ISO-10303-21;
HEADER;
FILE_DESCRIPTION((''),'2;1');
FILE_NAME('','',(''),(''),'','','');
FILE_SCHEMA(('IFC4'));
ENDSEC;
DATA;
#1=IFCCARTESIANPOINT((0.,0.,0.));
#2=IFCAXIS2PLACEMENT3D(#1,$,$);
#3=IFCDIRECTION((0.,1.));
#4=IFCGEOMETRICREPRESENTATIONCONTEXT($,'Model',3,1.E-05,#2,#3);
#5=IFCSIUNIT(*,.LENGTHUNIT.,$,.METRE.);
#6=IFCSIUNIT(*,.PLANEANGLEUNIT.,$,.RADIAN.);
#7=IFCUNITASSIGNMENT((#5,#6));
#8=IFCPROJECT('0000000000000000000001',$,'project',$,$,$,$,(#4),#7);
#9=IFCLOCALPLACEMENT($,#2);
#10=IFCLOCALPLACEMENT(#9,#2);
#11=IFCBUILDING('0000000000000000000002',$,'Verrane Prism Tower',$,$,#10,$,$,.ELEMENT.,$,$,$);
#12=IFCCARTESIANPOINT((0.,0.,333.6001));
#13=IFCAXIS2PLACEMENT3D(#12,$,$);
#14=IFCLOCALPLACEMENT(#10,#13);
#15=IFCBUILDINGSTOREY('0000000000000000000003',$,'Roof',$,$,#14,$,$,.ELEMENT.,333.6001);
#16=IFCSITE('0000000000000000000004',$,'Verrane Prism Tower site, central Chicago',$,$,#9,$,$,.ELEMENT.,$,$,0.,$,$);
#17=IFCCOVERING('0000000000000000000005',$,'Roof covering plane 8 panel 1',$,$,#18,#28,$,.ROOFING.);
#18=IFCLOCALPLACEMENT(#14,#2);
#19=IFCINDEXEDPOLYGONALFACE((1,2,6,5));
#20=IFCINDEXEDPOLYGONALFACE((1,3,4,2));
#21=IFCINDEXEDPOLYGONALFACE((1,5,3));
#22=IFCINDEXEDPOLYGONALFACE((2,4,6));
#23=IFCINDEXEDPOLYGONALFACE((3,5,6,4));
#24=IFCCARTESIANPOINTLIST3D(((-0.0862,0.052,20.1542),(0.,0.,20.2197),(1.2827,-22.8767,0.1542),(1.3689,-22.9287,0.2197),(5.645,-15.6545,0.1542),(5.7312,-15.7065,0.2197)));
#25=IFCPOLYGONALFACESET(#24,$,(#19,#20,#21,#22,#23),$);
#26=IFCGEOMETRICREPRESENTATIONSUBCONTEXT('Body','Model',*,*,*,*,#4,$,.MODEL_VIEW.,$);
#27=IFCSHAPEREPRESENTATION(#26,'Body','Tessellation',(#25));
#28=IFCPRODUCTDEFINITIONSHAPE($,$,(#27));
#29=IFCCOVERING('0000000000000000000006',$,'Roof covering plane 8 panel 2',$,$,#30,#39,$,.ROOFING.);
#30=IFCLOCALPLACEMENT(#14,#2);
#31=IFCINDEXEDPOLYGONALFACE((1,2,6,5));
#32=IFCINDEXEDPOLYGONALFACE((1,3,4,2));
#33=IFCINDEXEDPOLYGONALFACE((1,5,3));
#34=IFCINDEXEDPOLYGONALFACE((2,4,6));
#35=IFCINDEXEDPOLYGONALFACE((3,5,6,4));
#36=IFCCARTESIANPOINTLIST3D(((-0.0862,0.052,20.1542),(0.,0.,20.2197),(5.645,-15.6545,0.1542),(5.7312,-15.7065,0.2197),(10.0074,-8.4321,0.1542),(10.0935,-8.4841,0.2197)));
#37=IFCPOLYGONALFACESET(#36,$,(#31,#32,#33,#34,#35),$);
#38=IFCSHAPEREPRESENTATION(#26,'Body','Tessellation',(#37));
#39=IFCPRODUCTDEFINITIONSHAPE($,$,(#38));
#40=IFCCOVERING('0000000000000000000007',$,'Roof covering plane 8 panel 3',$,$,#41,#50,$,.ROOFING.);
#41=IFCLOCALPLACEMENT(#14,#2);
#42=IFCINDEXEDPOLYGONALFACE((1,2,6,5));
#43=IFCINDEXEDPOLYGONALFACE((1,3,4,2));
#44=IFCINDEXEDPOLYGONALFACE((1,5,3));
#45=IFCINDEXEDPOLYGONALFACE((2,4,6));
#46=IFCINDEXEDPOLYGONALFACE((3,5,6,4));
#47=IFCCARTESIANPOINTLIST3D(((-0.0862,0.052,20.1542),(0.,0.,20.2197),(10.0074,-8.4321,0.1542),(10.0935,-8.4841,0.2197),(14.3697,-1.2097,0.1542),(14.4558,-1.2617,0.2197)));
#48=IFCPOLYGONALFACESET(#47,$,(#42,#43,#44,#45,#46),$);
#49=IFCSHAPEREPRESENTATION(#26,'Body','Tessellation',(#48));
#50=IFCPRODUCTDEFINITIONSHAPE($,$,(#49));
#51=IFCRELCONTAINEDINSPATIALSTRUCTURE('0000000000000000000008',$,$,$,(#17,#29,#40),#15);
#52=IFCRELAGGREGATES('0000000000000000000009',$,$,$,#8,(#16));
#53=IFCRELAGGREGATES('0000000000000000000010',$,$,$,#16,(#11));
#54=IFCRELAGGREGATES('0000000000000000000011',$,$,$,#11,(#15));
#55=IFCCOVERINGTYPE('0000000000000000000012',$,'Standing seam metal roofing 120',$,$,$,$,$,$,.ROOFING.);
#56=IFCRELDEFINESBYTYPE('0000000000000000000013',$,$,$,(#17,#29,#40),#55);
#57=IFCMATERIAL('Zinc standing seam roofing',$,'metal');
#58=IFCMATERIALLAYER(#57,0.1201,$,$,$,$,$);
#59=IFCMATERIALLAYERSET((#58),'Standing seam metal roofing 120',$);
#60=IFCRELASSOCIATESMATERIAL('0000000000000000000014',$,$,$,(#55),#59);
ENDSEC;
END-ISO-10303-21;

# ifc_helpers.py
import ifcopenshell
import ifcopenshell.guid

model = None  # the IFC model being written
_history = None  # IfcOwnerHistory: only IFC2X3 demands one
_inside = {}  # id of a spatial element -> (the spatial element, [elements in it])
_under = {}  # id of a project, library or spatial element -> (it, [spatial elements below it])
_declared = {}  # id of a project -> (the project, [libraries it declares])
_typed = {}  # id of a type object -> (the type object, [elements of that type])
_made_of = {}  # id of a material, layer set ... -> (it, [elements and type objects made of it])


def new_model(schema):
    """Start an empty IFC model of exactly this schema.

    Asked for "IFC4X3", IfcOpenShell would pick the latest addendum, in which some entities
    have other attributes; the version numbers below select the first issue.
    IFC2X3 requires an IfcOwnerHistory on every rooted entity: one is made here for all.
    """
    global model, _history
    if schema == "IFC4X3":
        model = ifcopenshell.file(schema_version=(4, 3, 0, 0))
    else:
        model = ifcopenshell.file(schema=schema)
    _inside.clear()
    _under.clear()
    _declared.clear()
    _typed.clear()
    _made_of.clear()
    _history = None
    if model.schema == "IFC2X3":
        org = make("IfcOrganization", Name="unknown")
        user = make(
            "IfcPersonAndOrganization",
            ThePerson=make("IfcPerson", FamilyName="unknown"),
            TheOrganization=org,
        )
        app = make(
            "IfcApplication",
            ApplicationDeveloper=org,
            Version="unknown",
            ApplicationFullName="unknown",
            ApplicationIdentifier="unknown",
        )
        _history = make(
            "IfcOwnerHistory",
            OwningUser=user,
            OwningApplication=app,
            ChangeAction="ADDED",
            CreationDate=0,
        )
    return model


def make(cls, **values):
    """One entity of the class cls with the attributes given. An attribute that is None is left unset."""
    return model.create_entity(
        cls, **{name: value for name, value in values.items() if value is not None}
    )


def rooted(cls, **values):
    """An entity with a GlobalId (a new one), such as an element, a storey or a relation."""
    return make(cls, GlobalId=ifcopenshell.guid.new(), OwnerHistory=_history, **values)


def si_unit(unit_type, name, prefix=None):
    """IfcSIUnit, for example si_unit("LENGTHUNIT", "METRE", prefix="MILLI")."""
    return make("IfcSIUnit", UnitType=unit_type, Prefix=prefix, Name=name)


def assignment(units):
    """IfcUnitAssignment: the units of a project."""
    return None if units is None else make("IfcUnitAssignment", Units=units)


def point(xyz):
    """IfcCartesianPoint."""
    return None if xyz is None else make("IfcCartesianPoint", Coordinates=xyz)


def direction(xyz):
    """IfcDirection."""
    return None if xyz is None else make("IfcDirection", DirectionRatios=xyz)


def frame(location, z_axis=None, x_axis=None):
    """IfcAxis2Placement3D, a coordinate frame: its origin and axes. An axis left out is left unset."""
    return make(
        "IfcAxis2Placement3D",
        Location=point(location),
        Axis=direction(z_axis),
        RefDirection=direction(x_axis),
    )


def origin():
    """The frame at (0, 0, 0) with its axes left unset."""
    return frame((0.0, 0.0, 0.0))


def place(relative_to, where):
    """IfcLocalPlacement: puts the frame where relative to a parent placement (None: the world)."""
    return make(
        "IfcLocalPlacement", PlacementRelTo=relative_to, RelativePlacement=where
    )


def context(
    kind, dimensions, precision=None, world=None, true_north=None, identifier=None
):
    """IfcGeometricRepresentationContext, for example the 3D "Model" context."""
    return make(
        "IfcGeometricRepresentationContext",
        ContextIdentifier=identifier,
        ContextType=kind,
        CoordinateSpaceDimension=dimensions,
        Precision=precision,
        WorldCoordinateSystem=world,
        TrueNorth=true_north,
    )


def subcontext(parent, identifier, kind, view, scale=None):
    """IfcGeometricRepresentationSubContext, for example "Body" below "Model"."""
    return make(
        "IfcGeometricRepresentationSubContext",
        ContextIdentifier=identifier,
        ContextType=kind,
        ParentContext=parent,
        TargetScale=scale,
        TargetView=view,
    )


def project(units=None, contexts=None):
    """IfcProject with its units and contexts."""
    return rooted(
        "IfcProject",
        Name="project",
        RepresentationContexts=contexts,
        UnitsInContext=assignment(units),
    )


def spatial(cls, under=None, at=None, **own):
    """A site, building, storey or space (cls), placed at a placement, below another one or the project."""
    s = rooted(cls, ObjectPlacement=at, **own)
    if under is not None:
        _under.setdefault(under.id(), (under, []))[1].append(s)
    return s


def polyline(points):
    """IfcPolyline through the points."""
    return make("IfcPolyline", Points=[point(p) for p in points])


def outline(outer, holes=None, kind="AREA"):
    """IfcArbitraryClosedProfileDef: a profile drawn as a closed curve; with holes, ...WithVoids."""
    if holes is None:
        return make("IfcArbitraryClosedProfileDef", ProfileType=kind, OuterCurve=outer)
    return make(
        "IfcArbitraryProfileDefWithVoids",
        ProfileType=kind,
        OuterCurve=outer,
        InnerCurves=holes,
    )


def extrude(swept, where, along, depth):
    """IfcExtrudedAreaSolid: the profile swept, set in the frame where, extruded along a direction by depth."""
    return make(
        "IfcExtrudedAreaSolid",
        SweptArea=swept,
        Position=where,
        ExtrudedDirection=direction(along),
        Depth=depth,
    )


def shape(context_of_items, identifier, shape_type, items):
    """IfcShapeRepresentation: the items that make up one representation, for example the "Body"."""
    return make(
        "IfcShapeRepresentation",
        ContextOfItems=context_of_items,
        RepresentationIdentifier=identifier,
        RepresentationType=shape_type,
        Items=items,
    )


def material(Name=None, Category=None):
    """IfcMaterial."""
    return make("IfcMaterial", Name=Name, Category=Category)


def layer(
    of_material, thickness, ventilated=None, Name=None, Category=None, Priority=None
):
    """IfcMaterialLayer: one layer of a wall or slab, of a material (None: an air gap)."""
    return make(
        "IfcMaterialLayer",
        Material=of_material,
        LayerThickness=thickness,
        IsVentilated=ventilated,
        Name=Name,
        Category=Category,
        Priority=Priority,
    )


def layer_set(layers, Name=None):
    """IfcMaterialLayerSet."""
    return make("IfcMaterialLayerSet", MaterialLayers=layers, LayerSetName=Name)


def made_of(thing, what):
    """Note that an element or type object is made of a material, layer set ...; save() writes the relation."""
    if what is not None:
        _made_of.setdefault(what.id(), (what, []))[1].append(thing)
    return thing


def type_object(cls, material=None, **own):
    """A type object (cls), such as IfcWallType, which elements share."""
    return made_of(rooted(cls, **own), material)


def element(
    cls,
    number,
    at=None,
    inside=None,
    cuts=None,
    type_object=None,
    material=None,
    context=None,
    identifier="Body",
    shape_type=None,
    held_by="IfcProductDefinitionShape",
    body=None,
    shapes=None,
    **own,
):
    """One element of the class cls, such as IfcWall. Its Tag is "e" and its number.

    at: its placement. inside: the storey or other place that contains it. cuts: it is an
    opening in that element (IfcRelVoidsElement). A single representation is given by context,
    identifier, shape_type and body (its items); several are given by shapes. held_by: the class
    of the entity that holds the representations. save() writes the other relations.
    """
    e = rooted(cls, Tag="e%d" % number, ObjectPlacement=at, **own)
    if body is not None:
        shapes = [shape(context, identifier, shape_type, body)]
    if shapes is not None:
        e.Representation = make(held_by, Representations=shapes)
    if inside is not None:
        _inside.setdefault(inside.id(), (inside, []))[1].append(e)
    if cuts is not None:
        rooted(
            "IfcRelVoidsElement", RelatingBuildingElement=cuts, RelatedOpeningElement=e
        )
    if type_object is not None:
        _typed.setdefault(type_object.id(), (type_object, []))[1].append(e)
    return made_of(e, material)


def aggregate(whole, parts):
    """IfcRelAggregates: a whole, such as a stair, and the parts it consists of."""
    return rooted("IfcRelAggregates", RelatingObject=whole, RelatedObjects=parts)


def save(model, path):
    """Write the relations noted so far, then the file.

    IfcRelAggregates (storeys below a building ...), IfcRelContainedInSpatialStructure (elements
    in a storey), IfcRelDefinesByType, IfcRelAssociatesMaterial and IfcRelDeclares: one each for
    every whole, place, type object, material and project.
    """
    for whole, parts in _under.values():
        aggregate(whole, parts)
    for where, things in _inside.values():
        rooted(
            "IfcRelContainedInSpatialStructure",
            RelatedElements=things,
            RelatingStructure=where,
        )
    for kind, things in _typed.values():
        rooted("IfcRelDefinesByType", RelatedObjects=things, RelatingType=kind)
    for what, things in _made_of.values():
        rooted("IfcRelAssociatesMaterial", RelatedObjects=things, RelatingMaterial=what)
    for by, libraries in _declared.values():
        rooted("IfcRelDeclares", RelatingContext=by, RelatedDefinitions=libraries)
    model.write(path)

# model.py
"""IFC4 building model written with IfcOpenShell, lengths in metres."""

from ifc_helpers import new_model, si_unit, direction, frame, origin, place, context, subcontext, project, spatial, polyline, outline, extrude, material, layer, layer_set, type_object, element, save


model = new_model("IFC4")

# Units and contexts
model_context = context("Model", 3, precision=1e-05, world=origin(), true_north=direction((0.0, 1.0)))
body_context = subcontext(model_context, "Body", "Model", "MODEL_VIEW")
ifc_project = project(units=[si_unit("LENGTHUNIT", "METRE"), si_unit("PLANEANGLEUNIT", "RADIAN")], contexts=[model_context])

# Site, building, storey
site_placement = place(None, origin())
site = spatial("IfcSite", under=ifc_project, at=site_placement, Name="Verrane Prism Tower site, central Chicago", CompositionType="ELEMENT", RefElevation=0.0)
building_placement = place(site_placement, origin())
building = spatial("IfcBuilding", under=site, at=building_placement, Name="Verrane Prism Tower", CompositionType="ELEMENT")
storey_placement = place(building_placement, frame((0.0, 0.0, 333.6001)))
storey = spatial("IfcBuildingStorey", under=building, at=storey_placement, Name="Roof", CompositionType="ELEMENT", Elevation=333.6001)

# Coverings
ifc_material_1 = material(Name="Zinc standing seam roofing", Category="metal")
ifc_layer_1 = layer(ifc_material_1, 0.1201)
ifc_layer_set_1 = layer_set([ifc_layer_1], Name="Standing seam metal roofing 120")
covering_type_1 = type_object("IfcCoveringType", Name="Standing seam metal roofing 120", PredefinedType="ROOFING", material=ifc_layer_set_1)
covering_1_placement = place(storey_placement, frame((1.3689, -22.9287, 0.2197), z_axis=(0.717252, -0.433232, 0.545765), x_axis=(0.517021, 0.855973, 0.0)))
element("IfcCovering", 1, at=covering_1_placement, inside=storey, type_object=covering_type_1, Name="Roof covering plane 8 panel 1", PredefinedType="ROOFING", context=body_context, shape_type="SweptSolid", body=[
    extrude(outline(polyline([(0.0, 0.0), (8.4374, 0.0), (18.9186, 23.8681), (0.0, 0.0)])), origin(), (0.0, 0.0, -1.0), 0.1201),
])
covering_2_placement = place(storey_placement, frame((5.7312, -15.7065, 0.2197), z_axis=(0.717261, -0.433223, 0.54576), x_axis=(0.517008, 0.85598, 0.0)))
element("IfcCovering", 2, at=covering_2_placement, inside=storey, type_object=covering_type_1, Name="Roof covering plane 8 panel 2", PredefinedType="ROOFING", context=body_context, shape_type="SweptSolid", body=[
    extrude(outline(polyline([(0.0, 0.0), (8.4376, 0.0), (10.4814, 23.868), (0.0, 0.0)])), origin(), (0.0, 0.0, -1.0), 0.1201),
])
covering_3_placement = place(storey_placement, frame((10.0935, -8.4841, 0.2197), z_axis=(0.717261, -0.433223, 0.54576), x_axis=(0.517008, 0.85598, 0.0)))
element("IfcCovering", 3, at=covering_3_placement, inside=storey, type_object=covering_type_1, Name="Roof covering plane 8 panel 3", PredefinedType="ROOFING", context=body_context, shape_type="SweptSolid", body=[
    extrude(outline(polyline([(0.0, 0.0), (8.4376, 0.0), (2.0438, 23.868), (0.0, 0.0)])), origin(), (0.0, 0.0, -1.0), 0.1201),
])

save(model, "model.ifc")
